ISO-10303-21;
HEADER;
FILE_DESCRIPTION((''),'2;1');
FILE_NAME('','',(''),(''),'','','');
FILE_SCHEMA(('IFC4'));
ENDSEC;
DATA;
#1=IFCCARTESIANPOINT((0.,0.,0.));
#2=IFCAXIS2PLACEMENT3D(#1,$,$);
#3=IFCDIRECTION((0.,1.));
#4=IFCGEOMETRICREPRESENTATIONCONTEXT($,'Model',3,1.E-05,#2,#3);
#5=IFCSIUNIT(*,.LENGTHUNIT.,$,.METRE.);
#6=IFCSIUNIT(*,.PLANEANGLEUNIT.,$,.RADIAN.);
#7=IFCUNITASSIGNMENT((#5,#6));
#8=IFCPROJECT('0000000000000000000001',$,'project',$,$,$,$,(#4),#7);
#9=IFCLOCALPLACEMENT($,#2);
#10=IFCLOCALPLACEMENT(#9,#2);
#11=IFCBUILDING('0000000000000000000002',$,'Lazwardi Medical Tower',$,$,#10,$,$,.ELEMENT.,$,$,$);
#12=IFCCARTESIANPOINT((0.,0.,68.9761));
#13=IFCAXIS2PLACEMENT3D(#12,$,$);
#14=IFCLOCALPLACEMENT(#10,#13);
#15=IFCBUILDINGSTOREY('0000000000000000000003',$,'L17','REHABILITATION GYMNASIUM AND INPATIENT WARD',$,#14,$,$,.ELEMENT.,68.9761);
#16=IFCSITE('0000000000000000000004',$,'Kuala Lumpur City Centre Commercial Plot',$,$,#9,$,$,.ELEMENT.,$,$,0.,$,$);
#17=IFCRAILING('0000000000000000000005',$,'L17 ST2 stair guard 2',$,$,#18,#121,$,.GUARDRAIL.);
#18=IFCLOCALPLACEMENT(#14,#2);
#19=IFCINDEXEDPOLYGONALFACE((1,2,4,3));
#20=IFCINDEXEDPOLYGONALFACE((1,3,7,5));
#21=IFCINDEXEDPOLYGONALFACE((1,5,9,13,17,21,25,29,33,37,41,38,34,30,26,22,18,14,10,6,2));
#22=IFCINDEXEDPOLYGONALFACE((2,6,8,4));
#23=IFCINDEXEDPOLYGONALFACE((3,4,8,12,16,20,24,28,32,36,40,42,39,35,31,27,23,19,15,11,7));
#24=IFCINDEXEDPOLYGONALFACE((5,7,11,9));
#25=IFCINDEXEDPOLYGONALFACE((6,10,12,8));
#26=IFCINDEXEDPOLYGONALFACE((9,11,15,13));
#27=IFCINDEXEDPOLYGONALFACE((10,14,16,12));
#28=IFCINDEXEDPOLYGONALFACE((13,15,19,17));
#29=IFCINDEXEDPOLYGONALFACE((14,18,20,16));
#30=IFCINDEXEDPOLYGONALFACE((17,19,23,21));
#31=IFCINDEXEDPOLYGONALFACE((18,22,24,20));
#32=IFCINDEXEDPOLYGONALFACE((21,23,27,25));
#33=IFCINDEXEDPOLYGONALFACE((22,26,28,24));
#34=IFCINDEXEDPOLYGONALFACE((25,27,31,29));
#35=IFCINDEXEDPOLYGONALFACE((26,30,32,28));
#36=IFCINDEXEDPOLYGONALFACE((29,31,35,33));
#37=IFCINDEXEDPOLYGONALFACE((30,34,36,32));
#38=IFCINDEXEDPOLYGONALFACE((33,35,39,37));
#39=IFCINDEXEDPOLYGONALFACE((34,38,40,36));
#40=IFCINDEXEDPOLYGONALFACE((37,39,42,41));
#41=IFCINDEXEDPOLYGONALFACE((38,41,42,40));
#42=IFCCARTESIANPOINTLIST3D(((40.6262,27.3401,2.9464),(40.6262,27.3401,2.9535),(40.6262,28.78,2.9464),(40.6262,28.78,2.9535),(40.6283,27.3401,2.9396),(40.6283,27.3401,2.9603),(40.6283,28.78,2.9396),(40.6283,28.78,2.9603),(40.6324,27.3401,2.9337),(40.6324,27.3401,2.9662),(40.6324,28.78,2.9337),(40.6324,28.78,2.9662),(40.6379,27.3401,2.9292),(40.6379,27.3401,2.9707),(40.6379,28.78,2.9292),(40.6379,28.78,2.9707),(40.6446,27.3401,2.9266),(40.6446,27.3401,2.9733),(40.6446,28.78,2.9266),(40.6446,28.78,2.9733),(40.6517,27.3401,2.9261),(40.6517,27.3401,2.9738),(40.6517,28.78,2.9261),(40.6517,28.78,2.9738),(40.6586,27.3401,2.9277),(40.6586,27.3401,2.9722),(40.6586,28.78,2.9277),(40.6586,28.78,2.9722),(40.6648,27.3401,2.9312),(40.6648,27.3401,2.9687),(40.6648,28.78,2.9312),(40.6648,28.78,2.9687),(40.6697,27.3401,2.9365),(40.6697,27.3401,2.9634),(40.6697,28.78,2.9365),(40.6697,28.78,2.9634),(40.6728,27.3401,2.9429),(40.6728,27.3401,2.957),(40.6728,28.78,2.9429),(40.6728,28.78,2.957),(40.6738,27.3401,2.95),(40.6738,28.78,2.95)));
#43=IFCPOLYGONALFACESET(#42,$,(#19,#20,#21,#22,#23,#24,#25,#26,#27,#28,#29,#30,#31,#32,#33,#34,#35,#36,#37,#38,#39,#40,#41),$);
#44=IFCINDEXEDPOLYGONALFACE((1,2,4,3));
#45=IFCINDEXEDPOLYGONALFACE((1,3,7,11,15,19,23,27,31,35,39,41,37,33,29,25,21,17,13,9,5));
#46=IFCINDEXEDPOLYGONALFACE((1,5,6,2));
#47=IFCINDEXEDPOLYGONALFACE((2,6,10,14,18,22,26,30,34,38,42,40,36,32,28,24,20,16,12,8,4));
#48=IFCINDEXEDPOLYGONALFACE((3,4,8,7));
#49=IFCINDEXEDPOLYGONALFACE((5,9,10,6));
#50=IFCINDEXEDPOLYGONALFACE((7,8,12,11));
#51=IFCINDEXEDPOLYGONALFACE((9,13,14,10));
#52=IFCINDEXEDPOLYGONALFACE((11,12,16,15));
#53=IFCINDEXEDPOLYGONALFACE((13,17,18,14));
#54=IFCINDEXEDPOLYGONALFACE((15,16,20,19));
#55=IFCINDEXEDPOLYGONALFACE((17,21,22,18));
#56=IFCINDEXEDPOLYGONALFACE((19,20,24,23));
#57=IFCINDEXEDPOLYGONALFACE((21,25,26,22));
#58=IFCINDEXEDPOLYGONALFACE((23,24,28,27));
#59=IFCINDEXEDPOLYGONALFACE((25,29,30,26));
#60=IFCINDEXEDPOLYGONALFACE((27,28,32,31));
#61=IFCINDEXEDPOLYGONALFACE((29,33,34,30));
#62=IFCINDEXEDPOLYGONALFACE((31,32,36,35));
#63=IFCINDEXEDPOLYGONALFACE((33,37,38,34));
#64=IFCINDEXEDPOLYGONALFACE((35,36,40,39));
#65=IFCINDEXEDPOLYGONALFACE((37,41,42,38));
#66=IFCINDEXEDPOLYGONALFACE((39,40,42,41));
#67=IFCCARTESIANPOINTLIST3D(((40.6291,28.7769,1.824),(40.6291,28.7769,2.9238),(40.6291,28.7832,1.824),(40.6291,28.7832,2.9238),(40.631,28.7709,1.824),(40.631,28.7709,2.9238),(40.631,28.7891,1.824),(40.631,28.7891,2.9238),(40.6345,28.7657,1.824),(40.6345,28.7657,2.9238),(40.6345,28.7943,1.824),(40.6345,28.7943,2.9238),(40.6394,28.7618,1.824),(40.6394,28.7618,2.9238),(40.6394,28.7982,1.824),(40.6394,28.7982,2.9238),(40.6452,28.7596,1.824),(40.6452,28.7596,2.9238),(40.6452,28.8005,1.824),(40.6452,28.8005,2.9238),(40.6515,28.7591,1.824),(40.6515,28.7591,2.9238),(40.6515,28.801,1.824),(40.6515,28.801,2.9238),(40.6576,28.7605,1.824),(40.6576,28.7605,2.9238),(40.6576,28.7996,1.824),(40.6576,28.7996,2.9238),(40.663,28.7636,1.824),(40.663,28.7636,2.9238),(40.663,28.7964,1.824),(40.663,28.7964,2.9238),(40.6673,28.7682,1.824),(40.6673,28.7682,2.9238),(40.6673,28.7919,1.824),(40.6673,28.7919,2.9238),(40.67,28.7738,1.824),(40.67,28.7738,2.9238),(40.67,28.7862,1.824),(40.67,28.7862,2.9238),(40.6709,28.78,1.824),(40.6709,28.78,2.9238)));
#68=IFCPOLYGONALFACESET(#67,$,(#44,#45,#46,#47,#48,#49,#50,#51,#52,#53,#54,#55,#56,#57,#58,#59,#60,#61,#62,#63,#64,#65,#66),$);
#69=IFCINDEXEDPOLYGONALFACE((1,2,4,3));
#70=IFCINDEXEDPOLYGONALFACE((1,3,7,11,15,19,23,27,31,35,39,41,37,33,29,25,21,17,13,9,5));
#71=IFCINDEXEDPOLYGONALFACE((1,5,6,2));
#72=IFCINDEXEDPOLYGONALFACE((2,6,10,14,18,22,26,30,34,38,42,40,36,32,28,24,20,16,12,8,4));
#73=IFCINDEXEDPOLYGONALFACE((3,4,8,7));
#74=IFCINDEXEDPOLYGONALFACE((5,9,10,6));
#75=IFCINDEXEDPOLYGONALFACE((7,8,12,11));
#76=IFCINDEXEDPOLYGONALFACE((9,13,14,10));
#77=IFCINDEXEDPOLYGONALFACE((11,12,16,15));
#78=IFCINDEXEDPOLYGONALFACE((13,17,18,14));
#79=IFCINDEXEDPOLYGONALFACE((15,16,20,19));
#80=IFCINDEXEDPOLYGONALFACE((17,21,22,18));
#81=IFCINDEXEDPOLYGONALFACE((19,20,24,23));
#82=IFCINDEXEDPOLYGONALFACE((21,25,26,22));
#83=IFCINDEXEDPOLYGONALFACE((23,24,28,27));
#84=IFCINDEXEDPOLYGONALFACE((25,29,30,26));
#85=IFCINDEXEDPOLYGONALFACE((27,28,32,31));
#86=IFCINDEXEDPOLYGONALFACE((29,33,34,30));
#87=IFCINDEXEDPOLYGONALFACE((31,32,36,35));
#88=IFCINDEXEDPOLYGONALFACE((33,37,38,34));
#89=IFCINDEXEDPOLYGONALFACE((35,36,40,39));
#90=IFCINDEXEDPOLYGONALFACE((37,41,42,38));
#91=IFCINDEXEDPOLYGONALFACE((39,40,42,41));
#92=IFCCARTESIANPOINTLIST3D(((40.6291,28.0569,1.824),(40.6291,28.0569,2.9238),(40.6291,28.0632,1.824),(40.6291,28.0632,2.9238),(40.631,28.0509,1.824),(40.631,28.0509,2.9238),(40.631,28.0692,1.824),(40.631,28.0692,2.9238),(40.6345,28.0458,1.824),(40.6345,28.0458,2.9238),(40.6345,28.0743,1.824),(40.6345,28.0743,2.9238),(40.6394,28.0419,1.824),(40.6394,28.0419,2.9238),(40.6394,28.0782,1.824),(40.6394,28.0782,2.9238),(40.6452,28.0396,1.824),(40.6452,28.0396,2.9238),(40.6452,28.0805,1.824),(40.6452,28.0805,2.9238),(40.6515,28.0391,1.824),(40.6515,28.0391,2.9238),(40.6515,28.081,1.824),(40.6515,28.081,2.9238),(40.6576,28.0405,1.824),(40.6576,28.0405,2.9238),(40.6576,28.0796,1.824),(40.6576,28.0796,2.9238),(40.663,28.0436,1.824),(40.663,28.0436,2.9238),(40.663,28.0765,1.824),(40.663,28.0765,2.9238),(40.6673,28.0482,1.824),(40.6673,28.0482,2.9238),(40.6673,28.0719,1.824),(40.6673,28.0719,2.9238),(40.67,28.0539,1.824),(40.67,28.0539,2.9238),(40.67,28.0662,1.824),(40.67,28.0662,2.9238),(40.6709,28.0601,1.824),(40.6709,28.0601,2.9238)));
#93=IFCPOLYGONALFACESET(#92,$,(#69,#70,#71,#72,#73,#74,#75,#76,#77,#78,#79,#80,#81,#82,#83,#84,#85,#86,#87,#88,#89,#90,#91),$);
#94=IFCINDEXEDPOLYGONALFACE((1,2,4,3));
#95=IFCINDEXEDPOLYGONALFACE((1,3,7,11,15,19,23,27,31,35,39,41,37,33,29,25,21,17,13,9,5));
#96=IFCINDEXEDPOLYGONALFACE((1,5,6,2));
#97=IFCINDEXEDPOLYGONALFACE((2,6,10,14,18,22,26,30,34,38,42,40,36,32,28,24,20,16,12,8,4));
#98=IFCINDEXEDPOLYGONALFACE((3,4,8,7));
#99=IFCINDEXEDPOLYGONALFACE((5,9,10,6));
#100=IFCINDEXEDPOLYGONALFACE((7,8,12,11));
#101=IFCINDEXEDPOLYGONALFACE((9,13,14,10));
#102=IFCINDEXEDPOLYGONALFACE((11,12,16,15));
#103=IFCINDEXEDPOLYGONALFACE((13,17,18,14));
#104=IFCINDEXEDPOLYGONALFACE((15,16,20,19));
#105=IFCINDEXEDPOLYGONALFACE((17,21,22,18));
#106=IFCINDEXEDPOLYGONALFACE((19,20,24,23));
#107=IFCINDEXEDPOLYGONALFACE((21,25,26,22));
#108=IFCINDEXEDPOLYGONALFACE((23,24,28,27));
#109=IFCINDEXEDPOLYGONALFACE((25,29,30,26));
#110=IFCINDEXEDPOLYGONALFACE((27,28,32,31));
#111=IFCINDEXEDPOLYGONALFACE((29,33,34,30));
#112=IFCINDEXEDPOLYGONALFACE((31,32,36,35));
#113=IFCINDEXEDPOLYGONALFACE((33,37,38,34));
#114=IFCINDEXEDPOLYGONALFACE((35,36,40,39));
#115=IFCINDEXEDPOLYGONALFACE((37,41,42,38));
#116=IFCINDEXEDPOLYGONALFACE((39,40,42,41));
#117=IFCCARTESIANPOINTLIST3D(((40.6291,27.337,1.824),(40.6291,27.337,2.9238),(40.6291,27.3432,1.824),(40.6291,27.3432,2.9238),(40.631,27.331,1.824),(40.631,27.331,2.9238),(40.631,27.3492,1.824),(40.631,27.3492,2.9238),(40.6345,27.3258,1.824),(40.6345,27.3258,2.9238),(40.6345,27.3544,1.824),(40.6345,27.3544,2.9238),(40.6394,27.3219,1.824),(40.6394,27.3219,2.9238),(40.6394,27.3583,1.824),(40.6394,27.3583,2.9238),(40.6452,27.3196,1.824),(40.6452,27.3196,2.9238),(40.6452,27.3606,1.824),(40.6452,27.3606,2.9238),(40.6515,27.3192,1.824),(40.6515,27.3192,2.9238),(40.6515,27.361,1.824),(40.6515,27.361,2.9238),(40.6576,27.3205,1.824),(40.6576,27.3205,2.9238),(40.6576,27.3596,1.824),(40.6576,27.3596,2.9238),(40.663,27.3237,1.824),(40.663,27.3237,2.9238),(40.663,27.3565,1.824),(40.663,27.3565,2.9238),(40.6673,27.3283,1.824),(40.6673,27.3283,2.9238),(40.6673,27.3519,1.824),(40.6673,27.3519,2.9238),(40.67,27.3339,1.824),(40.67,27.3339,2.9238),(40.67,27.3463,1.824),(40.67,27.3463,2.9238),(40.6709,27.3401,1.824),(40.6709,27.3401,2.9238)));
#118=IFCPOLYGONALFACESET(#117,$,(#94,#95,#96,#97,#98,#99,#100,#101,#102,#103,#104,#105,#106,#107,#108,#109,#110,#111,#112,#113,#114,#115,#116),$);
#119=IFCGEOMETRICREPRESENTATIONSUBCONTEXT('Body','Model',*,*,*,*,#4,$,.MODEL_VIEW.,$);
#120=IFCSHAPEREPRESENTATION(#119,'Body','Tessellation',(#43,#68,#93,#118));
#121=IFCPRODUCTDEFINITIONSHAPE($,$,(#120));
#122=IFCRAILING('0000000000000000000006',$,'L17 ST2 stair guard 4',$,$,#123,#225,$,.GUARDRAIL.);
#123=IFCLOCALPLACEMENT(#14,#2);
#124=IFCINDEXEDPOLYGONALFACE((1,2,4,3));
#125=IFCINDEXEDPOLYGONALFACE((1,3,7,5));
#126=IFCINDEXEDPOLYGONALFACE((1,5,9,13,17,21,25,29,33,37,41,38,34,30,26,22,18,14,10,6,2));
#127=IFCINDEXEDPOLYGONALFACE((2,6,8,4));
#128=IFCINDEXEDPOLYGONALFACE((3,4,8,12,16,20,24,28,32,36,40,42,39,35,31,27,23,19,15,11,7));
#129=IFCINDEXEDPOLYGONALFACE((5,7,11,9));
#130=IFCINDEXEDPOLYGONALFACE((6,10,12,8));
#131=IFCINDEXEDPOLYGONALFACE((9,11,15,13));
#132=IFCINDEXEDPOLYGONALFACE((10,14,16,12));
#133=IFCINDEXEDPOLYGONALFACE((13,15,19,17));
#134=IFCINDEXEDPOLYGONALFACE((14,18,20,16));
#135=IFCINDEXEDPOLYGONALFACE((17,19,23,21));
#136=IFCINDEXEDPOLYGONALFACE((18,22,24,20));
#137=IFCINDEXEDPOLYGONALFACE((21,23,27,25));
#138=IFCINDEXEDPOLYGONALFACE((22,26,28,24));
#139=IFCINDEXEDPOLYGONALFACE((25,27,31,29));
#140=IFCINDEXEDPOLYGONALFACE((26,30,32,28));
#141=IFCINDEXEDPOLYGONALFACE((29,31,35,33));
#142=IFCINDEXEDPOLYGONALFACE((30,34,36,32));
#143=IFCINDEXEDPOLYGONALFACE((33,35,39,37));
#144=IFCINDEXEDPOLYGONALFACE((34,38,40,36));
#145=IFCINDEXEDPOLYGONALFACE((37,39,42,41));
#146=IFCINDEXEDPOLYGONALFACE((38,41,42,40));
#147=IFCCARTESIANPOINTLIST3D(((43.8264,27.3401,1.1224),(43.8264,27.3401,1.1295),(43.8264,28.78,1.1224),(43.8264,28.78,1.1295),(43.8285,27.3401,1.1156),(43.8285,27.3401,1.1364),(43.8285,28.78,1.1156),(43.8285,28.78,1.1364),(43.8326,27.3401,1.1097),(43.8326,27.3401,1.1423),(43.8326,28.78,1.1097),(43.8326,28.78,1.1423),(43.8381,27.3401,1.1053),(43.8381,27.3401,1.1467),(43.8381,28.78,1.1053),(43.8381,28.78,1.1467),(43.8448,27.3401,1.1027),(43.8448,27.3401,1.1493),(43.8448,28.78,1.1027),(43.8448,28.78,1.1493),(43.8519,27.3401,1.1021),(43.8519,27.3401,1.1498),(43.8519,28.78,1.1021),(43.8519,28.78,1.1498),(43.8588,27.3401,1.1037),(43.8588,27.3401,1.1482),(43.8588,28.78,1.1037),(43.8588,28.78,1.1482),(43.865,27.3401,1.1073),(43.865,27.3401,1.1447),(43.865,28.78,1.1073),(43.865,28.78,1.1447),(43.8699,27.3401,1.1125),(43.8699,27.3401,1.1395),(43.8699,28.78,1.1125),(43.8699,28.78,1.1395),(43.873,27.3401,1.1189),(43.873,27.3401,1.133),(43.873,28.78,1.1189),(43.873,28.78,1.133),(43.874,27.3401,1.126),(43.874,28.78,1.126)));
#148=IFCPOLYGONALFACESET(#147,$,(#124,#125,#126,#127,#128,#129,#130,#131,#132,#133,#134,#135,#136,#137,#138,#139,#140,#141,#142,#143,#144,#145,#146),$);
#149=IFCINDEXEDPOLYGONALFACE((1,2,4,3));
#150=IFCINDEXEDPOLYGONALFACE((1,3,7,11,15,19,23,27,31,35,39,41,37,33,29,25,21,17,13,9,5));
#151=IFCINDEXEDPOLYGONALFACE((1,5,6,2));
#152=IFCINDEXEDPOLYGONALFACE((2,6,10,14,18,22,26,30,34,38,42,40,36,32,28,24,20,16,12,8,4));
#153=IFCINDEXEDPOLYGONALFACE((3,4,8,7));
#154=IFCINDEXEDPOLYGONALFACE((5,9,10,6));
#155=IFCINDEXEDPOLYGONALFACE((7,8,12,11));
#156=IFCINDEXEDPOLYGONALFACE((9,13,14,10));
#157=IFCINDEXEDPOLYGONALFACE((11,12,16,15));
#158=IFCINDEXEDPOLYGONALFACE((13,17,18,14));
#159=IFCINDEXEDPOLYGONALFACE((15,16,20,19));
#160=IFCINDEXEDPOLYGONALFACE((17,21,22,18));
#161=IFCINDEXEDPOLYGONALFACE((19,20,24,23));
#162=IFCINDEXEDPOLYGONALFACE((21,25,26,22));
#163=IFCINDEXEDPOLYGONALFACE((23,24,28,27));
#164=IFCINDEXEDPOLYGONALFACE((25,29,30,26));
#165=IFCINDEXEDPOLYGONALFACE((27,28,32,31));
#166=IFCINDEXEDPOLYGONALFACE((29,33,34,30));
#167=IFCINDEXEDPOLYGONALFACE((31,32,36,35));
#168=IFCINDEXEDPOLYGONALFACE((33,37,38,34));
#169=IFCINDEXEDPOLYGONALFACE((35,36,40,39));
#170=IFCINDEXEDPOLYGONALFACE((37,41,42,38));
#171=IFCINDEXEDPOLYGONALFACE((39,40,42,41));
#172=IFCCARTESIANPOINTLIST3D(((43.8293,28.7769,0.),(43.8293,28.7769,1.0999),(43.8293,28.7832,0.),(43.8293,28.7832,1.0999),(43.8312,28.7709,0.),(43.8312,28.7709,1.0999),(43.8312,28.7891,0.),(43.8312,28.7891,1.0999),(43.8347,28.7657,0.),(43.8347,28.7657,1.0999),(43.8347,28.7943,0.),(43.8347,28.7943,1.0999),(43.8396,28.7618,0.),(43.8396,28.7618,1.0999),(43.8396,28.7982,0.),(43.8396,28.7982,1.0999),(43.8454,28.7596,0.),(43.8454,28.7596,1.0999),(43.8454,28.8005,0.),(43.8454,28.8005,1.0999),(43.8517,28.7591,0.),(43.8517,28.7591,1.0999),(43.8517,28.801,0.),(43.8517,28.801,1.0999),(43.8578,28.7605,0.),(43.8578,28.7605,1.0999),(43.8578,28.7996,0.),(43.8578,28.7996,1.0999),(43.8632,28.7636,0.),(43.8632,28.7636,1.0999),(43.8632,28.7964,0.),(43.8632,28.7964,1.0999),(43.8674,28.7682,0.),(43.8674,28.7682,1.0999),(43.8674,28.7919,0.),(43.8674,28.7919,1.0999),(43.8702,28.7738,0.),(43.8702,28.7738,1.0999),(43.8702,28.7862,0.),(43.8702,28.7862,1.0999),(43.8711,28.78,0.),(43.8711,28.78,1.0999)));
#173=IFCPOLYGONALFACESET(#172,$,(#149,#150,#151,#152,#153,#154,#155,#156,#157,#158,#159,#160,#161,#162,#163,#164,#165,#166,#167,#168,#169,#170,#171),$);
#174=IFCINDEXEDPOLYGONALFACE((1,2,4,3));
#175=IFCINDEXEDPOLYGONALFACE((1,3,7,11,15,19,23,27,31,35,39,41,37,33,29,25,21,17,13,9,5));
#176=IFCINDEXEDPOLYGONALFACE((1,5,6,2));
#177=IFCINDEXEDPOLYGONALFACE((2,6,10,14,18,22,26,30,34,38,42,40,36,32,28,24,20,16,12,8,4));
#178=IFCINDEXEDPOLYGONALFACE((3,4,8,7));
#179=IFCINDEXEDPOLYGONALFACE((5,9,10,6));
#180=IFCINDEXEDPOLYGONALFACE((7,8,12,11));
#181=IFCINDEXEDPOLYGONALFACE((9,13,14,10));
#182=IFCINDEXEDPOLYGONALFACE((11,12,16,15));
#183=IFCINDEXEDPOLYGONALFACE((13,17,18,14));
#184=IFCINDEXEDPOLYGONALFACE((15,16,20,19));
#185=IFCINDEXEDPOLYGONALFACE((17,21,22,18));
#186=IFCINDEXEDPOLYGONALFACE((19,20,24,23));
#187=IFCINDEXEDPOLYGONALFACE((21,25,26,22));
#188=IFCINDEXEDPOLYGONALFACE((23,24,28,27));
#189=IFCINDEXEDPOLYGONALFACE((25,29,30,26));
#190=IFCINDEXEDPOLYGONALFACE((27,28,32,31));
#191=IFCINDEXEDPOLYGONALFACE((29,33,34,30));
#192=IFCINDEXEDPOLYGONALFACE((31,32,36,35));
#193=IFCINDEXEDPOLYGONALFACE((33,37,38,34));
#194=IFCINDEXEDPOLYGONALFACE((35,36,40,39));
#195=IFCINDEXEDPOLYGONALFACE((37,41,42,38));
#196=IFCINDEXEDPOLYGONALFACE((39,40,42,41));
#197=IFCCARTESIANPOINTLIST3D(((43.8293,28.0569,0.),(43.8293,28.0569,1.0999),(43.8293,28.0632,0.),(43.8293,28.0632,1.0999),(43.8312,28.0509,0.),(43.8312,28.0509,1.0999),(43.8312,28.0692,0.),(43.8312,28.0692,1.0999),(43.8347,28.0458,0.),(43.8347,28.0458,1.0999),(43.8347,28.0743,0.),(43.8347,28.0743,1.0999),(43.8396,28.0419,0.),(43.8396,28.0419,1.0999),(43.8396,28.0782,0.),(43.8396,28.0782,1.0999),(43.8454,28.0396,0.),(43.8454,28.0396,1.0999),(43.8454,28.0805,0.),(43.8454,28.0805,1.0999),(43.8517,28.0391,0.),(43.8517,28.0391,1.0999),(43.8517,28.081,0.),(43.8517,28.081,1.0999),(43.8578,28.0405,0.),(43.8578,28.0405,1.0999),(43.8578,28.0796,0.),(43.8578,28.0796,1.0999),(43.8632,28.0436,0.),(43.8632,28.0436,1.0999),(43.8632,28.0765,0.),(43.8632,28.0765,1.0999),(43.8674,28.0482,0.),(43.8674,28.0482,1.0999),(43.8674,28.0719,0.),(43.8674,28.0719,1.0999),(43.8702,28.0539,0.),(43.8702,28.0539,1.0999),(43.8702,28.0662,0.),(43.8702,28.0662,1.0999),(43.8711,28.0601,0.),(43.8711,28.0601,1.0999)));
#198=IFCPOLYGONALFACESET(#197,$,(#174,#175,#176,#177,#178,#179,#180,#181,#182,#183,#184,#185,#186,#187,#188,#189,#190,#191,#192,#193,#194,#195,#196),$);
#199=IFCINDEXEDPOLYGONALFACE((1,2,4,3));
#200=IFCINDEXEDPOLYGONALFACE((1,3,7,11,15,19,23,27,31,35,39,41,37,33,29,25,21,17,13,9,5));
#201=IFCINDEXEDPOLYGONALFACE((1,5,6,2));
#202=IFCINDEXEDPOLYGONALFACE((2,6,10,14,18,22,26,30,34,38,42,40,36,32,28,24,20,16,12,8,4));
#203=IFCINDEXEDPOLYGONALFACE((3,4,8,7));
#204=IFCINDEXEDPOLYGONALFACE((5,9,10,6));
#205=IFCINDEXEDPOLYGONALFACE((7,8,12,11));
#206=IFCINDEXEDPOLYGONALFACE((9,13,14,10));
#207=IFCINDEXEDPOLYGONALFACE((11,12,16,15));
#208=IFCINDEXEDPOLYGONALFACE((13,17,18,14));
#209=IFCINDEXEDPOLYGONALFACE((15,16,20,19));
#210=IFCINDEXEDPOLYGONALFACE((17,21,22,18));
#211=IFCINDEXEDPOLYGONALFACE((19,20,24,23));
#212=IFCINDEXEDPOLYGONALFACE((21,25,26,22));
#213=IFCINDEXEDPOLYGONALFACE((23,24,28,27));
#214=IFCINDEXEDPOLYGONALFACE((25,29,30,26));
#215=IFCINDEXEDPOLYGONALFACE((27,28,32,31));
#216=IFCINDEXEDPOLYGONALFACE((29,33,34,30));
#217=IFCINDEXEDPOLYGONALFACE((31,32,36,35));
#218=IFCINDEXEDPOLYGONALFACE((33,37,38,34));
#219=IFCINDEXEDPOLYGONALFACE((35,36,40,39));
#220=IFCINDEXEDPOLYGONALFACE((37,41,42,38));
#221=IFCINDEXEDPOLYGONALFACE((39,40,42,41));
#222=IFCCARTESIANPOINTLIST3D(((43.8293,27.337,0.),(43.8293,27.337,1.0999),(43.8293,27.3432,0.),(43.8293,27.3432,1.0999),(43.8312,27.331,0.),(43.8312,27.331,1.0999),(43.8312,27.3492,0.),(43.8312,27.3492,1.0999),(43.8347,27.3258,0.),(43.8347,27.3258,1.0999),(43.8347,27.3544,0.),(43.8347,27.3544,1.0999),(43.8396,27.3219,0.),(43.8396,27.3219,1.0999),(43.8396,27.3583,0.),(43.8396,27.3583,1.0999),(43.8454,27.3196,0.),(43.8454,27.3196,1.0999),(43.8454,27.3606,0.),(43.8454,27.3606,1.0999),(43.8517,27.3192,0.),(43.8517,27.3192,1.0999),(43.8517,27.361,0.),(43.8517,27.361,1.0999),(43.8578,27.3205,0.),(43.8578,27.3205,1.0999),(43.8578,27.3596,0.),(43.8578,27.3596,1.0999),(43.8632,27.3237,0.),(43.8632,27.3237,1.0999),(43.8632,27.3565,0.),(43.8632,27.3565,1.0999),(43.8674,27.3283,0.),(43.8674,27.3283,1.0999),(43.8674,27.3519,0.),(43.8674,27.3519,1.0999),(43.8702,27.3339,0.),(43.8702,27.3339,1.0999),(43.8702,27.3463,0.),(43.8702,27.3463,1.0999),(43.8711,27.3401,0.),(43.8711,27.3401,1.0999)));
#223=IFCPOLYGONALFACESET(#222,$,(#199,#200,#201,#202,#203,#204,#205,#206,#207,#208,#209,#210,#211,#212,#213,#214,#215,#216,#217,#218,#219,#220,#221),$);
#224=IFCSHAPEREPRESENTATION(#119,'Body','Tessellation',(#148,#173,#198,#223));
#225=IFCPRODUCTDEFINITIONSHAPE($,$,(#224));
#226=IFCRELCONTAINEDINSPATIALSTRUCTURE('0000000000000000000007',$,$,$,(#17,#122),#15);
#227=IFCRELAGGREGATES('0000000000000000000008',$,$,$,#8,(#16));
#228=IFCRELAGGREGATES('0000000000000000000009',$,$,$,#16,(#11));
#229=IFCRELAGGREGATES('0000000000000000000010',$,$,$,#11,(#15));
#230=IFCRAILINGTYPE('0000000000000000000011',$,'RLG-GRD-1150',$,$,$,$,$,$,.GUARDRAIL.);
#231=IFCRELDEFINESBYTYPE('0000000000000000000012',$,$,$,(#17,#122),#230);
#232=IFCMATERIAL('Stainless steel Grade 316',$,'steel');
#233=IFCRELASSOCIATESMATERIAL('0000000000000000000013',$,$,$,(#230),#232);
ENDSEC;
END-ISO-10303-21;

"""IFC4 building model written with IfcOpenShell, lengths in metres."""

from ifc_helpers import new_model, si_unit, direction, frame, origin, origin_2d, place, context, subcontext, project, spatial, circle, extrude, material, type_object, element, save


model = new_model("IFC4")

# Units and contexts
model_context = context("Model", 3, precision=1e-05, world=origin(), true_north=direction((0.0, 1.0)))
body_context = subcontext(model_context, "Body", "Model", "MODEL_VIEW")
ifc_project = project(units=[si_unit("LENGTHUNIT", "METRE"), si_unit("PLANEANGLEUNIT", "RADIAN")], contexts=[model_context])

# Site, building, storey
site_placement = place(None, origin())
site = spatial("IfcSite", under=ifc_project, at=site_placement, Name="Kuala Lumpur City Centre Commercial Plot", CompositionType="ELEMENT", RefElevation=0.0)
building_placement = place(site_placement, origin())
building = spatial("IfcBuilding", under=site, at=building_placement, Name="Lazwardi Medical Tower", CompositionType="ELEMENT")
storey_placement = place(building_placement, frame((0.0, 0.0, 68.9761)))
storey = spatial("IfcBuildingStorey", under=building, at=storey_placement, Name="L17", Description="REHABILITATION GYMNASIUM AND INPATIENT WARD", CompositionType="ELEMENT", Elevation=68.9761)

# Railings
ifc_material_1 = material(Name="Stainless steel Grade 316", Category="steel")
railing_type_1 = type_object("IfcRailingType", Name="RLG-GRD-1150", PredefinedType="GUARDRAIL", material=ifc_material_1)
for number, where, name in (
    (1, (40.6499, 28.78, 1.824), "L17 ST2 stair guard 2"),
    (2, (43.8501, 28.78, 0.0), "L17 ST2 stair guard 4"),
):
    element("IfcRailing", number, at=place(storey_placement, frame(where)), inside=storey, type_object=railing_type_1, Name=name, PredefinedType="GUARDRAIL", context=body_context, shape_type="SweptSolid", body=[
        extrude(circle(Radius=0.0239, at=origin_2d()), frame((0.0, 0.0, 1.126), z_axis=(0.0, -1.0, 0.0), x_axis=(1.0, 0.0, 0.0)), (0.0, 0.0, 1.0), 1.4399),
        extrude(circle(Radius=0.021, at=origin_2d()), origin(), (0.0, 0.0, 1.0), 1.0999),
        extrude(circle(Radius=0.021, at=origin_2d()), frame((0.0, -0.72, 0.0)), (0.0, 0.0, 1.0), 1.0999),
        extrude(circle(Radius=0.021, at=origin_2d()), frame((0.0, -1.4399, 0.0)), (0.0, 0.0, 1.0), 1.0999),
    ])

save(model, "model.ifc")
